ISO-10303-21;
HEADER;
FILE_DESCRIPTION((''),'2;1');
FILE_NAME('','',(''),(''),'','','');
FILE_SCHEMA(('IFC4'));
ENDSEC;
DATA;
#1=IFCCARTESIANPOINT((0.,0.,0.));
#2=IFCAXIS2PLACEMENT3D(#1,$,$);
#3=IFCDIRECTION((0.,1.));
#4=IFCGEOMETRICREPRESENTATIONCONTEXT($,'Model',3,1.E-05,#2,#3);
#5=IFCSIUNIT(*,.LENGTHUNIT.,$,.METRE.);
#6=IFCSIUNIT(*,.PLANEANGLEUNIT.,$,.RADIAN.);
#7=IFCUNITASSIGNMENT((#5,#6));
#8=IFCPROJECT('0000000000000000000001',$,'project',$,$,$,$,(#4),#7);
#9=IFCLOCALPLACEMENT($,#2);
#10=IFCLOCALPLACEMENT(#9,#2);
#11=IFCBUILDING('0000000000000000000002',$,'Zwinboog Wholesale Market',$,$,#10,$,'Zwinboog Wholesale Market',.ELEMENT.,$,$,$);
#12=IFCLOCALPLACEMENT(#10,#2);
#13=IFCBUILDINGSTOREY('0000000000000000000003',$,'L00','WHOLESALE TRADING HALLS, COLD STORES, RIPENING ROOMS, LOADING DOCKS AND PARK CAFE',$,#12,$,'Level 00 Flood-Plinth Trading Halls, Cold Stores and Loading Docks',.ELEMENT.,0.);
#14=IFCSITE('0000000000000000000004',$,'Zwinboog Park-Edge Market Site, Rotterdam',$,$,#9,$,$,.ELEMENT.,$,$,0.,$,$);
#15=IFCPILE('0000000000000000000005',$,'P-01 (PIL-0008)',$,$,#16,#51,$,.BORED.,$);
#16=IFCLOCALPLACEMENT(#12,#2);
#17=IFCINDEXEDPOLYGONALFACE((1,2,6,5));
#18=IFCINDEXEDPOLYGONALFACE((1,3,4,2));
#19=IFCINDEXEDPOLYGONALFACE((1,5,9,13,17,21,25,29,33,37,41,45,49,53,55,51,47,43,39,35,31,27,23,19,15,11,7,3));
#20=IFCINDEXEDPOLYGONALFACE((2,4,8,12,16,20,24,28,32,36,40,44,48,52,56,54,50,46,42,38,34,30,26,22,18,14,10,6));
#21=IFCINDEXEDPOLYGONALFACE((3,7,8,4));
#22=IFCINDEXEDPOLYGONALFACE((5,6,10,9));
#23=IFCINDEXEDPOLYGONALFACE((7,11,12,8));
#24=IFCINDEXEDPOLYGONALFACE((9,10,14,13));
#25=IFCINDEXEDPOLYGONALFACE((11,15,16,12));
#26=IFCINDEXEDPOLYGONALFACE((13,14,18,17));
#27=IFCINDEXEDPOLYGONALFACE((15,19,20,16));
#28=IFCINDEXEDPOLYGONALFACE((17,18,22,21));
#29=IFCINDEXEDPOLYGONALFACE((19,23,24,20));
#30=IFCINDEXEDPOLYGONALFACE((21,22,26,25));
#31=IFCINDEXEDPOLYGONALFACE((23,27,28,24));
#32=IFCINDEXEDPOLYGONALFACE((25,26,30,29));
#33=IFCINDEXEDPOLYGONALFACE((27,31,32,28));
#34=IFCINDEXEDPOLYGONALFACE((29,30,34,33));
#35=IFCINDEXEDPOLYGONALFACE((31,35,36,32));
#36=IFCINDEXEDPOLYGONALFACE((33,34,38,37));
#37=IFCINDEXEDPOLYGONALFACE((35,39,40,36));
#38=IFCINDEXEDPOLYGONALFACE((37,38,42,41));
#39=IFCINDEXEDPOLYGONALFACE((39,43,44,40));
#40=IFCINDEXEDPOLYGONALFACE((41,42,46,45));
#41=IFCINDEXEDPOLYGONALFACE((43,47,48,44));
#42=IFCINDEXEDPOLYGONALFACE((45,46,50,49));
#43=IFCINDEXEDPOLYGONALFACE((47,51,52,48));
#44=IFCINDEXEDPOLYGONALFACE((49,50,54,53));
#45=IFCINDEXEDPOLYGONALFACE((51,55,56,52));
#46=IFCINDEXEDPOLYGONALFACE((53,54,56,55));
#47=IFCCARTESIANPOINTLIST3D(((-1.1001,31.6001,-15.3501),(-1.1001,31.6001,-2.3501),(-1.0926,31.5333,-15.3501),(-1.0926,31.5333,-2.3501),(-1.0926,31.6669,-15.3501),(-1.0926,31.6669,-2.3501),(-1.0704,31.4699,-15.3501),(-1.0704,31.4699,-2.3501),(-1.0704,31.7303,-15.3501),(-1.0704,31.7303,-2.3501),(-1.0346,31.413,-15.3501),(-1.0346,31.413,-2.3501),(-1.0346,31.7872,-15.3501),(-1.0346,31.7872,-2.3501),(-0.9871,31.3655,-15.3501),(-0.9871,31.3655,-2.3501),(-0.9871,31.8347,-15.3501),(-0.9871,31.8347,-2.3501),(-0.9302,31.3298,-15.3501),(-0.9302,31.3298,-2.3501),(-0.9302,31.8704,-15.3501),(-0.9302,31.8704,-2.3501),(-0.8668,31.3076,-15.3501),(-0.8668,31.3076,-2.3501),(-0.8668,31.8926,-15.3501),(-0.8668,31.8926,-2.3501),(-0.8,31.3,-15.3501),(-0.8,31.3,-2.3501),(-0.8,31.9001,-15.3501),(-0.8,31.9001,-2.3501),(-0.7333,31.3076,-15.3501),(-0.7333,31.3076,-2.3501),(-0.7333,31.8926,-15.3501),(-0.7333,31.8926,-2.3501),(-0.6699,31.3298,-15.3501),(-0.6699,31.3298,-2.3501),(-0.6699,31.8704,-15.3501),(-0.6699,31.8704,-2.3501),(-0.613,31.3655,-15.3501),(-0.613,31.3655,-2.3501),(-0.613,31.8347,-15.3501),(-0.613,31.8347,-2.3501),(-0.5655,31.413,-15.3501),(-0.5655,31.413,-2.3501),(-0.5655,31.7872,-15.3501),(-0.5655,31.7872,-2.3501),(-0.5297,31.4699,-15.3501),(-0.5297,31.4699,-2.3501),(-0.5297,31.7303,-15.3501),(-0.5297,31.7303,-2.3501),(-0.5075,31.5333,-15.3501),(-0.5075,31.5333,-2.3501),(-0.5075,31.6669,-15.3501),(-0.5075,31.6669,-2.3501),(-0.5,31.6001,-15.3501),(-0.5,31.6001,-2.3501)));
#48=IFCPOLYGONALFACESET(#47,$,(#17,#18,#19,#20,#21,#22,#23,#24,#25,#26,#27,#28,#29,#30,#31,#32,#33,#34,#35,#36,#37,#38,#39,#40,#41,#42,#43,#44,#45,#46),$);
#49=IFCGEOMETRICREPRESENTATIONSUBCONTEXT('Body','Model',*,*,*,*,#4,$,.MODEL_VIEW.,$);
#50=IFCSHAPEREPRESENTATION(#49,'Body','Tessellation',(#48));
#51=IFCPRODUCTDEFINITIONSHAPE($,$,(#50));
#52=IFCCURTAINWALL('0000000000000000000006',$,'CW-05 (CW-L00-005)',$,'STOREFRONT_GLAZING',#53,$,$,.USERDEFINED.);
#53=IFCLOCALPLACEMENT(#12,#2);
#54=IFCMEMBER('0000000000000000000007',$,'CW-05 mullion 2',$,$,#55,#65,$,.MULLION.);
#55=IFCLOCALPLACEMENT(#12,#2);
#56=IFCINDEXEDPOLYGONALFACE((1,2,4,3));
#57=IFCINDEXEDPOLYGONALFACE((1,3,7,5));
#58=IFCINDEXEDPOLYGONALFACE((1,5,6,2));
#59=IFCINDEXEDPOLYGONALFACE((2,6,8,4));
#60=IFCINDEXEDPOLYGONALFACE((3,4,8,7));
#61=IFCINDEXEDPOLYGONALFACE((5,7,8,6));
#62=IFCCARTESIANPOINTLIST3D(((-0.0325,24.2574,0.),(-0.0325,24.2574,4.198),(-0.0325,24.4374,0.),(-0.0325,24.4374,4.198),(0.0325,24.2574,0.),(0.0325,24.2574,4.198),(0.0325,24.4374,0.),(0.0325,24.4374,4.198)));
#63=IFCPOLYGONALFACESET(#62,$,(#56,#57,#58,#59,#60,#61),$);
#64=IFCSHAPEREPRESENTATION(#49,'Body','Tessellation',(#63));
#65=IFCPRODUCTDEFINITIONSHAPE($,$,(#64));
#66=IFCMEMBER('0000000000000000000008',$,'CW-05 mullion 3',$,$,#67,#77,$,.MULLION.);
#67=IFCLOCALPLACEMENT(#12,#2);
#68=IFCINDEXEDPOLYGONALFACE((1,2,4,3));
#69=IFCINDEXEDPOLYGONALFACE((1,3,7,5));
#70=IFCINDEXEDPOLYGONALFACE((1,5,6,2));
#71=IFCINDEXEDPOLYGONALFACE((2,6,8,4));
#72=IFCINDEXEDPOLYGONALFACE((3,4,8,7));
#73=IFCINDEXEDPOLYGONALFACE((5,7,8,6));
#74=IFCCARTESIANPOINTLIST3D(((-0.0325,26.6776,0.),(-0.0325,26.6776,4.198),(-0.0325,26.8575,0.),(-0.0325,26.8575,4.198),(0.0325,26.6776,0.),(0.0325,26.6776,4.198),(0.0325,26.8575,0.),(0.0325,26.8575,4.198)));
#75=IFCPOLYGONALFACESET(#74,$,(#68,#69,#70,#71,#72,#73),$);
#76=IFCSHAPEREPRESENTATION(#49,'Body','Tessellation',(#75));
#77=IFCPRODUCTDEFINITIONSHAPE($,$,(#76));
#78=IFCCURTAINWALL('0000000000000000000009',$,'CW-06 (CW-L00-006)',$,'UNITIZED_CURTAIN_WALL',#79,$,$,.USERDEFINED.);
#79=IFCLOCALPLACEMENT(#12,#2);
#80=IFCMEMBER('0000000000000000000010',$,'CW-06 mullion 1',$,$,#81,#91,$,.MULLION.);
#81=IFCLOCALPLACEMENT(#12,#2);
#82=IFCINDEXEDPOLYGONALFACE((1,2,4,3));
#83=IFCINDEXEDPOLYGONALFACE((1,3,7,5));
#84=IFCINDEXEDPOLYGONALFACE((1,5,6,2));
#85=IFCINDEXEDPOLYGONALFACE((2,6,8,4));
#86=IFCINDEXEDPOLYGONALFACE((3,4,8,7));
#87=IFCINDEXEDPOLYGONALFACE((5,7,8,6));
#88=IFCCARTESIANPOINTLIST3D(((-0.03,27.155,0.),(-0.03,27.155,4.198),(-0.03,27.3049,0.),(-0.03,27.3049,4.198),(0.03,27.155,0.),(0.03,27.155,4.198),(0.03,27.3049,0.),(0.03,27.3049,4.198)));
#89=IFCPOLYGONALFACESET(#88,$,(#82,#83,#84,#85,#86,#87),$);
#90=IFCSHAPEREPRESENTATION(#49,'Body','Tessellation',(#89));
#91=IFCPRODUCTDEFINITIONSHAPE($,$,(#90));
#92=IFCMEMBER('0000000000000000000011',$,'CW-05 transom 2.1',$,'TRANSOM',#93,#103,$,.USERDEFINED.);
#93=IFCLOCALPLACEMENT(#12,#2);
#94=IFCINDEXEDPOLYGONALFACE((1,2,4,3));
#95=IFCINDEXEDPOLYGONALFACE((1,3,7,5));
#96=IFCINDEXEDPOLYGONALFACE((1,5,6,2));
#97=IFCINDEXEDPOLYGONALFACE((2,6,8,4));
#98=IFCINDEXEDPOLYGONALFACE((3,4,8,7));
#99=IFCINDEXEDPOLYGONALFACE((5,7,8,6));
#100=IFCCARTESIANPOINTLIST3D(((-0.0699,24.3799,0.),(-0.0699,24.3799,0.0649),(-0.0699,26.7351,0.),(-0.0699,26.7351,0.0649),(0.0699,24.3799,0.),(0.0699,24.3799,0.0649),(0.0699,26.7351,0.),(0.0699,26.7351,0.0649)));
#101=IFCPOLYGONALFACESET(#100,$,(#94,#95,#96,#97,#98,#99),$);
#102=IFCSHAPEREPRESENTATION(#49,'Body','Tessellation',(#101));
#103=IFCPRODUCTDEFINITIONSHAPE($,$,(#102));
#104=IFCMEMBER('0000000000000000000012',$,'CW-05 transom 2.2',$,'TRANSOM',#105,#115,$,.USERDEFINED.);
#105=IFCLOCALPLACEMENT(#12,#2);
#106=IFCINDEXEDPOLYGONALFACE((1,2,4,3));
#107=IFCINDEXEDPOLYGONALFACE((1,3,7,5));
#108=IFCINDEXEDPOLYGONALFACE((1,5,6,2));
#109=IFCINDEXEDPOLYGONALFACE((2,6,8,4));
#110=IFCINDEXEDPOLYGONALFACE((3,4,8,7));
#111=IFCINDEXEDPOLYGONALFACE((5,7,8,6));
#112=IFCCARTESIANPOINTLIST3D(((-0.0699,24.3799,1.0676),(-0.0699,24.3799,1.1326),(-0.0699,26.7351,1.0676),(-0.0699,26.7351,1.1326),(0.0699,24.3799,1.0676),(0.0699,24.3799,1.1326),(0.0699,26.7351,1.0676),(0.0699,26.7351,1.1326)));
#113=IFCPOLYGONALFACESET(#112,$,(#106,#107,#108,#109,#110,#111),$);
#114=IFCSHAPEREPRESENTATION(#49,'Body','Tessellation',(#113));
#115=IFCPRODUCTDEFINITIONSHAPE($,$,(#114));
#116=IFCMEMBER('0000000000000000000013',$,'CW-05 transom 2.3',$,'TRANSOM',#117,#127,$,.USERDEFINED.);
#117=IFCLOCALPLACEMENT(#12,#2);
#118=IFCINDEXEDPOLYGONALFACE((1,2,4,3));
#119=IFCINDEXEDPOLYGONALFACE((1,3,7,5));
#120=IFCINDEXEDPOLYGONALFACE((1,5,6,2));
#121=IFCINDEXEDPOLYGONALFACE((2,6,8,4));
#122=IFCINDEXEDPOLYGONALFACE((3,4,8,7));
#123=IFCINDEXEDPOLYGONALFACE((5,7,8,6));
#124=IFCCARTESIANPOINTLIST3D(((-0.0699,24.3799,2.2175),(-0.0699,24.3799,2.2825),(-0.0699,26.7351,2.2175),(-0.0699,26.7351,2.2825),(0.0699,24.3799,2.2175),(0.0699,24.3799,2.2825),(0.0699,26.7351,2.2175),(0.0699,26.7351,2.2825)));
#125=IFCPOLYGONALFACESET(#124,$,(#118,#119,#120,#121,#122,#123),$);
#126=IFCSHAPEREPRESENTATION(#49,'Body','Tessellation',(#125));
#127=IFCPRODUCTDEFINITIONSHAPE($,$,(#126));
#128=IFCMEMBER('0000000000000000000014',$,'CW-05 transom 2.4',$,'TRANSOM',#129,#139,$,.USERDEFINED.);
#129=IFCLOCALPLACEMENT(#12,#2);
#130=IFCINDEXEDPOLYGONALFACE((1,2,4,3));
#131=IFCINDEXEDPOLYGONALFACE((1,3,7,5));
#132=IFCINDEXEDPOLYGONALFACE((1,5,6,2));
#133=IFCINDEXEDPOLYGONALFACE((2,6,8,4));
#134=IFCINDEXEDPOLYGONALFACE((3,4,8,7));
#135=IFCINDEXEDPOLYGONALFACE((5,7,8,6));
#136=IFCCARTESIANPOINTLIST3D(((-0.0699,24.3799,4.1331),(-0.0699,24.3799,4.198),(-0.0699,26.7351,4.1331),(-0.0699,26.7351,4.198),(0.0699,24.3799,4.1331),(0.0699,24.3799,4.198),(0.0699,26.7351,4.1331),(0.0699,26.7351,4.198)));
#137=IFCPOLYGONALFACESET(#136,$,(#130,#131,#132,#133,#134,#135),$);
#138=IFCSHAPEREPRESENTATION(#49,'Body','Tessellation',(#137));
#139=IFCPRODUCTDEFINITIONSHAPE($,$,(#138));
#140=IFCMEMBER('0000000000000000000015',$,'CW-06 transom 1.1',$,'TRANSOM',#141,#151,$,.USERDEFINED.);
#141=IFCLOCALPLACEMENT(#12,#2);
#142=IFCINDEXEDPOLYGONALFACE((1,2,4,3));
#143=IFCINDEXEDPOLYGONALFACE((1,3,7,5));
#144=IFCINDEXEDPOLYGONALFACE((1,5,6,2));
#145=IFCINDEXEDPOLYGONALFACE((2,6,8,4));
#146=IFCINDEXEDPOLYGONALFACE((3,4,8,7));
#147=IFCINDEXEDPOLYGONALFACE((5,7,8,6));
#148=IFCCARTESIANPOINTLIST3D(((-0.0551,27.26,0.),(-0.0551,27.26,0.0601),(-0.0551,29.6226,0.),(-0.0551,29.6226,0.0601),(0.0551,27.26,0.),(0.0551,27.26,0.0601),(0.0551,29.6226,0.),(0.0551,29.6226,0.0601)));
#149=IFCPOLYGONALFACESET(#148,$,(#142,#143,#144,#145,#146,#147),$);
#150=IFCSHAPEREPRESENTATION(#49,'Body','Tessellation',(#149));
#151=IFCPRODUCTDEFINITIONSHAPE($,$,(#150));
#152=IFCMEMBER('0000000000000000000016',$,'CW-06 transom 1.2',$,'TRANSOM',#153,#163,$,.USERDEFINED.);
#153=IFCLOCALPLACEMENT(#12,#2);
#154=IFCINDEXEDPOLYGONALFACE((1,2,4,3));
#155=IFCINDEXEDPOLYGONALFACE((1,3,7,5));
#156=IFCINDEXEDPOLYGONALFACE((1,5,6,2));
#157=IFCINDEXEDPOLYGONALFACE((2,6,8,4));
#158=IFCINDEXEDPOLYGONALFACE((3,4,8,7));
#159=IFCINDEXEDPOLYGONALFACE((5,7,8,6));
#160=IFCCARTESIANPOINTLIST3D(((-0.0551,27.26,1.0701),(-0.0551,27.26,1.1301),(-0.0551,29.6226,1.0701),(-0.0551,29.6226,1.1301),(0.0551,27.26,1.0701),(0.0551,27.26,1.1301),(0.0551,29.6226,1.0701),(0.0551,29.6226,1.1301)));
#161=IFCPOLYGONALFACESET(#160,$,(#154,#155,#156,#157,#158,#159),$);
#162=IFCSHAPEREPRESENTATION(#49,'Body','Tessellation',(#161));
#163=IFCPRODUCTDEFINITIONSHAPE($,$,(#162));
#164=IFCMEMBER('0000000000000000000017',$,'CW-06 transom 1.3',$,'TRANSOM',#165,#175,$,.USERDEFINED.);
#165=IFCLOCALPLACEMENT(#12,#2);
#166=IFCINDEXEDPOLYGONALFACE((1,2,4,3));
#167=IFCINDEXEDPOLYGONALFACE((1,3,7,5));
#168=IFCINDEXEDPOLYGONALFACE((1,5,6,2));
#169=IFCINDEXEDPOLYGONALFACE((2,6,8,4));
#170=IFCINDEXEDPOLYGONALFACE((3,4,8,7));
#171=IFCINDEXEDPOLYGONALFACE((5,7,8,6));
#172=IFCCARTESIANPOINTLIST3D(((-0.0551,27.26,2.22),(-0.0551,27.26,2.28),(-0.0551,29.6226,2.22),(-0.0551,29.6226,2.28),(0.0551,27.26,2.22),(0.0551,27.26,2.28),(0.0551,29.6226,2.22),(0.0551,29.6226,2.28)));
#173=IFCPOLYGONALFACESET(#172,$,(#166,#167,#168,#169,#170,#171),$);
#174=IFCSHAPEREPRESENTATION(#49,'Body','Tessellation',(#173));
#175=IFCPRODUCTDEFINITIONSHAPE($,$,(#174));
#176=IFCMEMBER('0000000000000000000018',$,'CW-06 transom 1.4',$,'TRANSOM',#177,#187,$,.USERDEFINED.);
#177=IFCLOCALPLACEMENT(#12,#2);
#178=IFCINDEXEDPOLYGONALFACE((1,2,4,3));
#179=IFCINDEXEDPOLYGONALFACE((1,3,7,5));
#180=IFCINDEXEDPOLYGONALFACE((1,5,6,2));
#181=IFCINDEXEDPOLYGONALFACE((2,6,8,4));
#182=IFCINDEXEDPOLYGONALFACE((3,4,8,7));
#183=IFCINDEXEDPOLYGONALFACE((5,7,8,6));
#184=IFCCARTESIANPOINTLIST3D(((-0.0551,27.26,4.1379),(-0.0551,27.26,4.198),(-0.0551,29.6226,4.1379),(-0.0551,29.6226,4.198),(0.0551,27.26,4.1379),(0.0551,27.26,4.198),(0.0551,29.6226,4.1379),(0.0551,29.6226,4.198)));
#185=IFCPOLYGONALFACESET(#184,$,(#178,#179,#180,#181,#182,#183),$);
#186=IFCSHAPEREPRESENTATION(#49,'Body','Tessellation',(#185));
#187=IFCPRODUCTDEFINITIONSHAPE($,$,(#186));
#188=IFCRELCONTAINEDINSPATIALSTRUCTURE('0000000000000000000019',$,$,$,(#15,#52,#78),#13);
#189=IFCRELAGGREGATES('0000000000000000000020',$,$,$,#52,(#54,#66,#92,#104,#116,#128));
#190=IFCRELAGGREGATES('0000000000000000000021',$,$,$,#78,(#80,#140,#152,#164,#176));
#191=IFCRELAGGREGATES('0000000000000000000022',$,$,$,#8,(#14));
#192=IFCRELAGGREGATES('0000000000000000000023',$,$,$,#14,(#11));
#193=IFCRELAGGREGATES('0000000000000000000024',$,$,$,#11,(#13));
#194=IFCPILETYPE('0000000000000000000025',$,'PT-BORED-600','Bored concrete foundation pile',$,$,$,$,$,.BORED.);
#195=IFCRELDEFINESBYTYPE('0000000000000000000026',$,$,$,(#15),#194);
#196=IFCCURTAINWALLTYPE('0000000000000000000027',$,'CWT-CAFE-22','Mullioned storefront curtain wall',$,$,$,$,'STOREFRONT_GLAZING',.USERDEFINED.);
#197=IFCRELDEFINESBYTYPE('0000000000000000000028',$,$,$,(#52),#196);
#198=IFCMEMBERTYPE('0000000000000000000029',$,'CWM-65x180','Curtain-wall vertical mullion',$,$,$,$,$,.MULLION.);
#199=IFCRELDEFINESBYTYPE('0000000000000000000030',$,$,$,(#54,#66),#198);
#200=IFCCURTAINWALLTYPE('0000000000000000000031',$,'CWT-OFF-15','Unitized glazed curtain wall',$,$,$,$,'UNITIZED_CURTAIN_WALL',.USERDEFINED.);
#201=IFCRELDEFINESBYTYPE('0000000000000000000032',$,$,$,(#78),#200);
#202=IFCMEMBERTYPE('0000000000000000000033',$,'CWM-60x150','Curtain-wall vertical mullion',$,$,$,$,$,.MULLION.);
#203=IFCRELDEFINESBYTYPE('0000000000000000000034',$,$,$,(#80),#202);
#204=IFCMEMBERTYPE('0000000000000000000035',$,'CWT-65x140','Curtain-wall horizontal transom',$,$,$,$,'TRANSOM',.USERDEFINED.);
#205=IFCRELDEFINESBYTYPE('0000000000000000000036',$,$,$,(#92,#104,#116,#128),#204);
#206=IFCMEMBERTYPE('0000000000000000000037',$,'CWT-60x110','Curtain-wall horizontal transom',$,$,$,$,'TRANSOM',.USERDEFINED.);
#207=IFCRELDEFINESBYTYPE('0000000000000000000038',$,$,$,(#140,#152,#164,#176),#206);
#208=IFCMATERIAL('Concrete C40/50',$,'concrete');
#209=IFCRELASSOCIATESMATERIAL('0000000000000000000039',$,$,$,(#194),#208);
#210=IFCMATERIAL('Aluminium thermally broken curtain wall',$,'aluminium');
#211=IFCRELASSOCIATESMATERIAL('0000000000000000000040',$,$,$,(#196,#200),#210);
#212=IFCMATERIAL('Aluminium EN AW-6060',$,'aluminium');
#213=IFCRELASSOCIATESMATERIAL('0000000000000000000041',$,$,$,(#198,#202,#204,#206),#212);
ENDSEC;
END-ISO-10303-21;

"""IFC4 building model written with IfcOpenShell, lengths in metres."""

from ifc_helpers import new_model, si_unit, direction, frame, origin, origin_2d, place, context, subcontext, project, spatial, rectangle, circle, extrude, material, material_profile, profile_set, type_object, element, aggregate, save


model = new_model("IFC4")

# Units and contexts
model_context = context("Model", 3, precision=1e-05, world=origin(), true_north=direction((0.0, 1.0)))
body_context = subcontext(model_context, "Body", "Model", "MODEL_VIEW")
ifc_project = project(units=[si_unit("LENGTHUNIT", "METRE"), si_unit("PLANEANGLEUNIT", "RADIAN")], contexts=[model_context])

# Site, building, storey
site_placement = place(None, origin())
site = spatial("IfcSite", under=ifc_project, at=site_placement, Name="Zwinboog Park-Edge Market Site, Rotterdam", CompositionType="ELEMENT", RefElevation=0.0)
building_placement = place(site_placement, origin())
building = spatial("IfcBuilding", under=site, at=building_placement, Name="Zwinboog Wholesale Market", LongName="Zwinboog Wholesale Market", CompositionType="ELEMENT")
storey_placement = place(building_placement, origin())
storey = spatial("IfcBuildingStorey", under=building, at=storey_placement, Name="L00", Description="WHOLESALE TRADING HALLS, COLD STORES, RIPENING ROOMS, LOADING DOCKS AND PARK CAFE", LongName="Level 00 Flood-Plinth Trading Halls, Cold Stores and Loading Docks", CompositionType="ELEMENT", Elevation=0.0)

# Pile
ifc_material_1 = material(Name="Concrete C40/50", Category="concrete")
ifc_material_profile_1 = material_profile(ifc_material_1, circle(Radius=0.3, at=origin_2d()), Name="PILE D600")
ifc_profile_set_1 = profile_set([ifc_material_profile_1], Name="Concrete C40/50")
pile_type = type_object("IfcPileType", Name="PT-BORED-600", Description="Bored concrete foundation pile", PredefinedType="BORED", material=ifc_profile_set_1)
pile_placement = place(storey_placement, frame((-0.8, 31.6001, -2.3501), z_axis=(0.0, 0.0, -1.0), x_axis=(1.0, 0.0, 0.0)))
element("IfcPile", 1, at=pile_placement, inside=storey, type_object=pile_type, Name="P-01 (PIL-0008)", PredefinedType="BORED", context=body_context, shape_type="SweptSolid", body=[
    extrude(circle(Radius=0.3, at=origin_2d()), origin(), (0.0, 0.0, 1.0), 13.0),
])

# Curtain wall, members
ifc_material_2 = material(Name="Aluminium thermally broken curtain wall", Category="aluminium")
curtain_wall_type_1 = type_object("IfcCurtainWallType", Name="CWT-CAFE-22", Description="Mullioned storefront curtain wall", ElementType="STOREFRONT_GLAZING", PredefinedType="USERDEFINED", material=ifc_material_2)
curtain_wall_1_placement = place(storey_placement, origin())
curtain_wall_1 = element("IfcCurtainWall", 2, at=curtain_wall_1_placement, inside=storey, type_object=curtain_wall_type_1, Name="CW-05 (CW-L00-005)", ObjectType="STOREFRONT_GLAZING", PredefinedType="USERDEFINED")
ifc_material_3 = material(Name="Aluminium EN AW-6060", Category="aluminium")
ifc_material_profile_2 = material_profile(ifc_material_3, rectangle(XDim=0.0649, YDim=0.1799, at=origin_2d()), Name="AL 65x180")
ifc_profile_set_2 = profile_set([ifc_material_profile_2], Name="Aluminium EN AW-6060")
member_type_1 = type_object("IfcMemberType", Name="CWM-65x180", Description="Curtain-wall vertical mullion", PredefinedType="MULLION", material=ifc_profile_set_2)
member_1_placement = place(storey_placement, frame((0.0, 24.3474, 0.0), z_axis=(0.0, 0.0, 1.0), x_axis=(-1.0, 0.0, 0.0)))
member_1 = element("IfcMember", 3, at=member_1_placement, type_object=member_type_1, Name="CW-05 mullion 2", PredefinedType="MULLION", context=body_context, shape_type="SweptSolid", body=[
    extrude(rectangle(XDim=0.0649, YDim=0.1799, at=origin_2d()), origin(), (0.0, 0.0, 1.0), 4.198),
])
member_2_placement = place(storey_placement, frame((0.0, 26.7676, 0.0), z_axis=(0.0, 0.0, 1.0), x_axis=(-1.0, 0.0, 0.0)))
member_2 = element("IfcMember", 4, at=member_2_placement, type_object=member_type_1, Name="CW-05 mullion 3", PredefinedType="MULLION", context=body_context, shape_type="SweptSolid", body=[
    extrude(rectangle(XDim=0.0649, YDim=0.1799, at=origin_2d()), origin(), (0.0, 0.0, 1.0), 4.198),
])

# Curtain wall, member
curtain_wall_type_2 = type_object("IfcCurtainWallType", Name="CWT-OFF-15", Description="Unitized glazed curtain wall", ElementType="UNITIZED_CURTAIN_WALL", PredefinedType="USERDEFINED", material=ifc_material_2)
curtain_wall_2_placement = place(storey_placement, origin())
curtain_wall_2 = element("IfcCurtainWall", 5, at=curtain_wall_2_placement, inside=storey, type_object=curtain_wall_type_2, Name="CW-06 (CW-L00-006)", ObjectType="UNITIZED_CURTAIN_WALL", PredefinedType="USERDEFINED")
ifc_material_profile_3 = material_profile(ifc_material_3, rectangle(XDim=0.0601, YDim=0.1499, at=origin_2d()), Name="AL 60x150")
ifc_profile_set_3 = profile_set([ifc_material_profile_3], Name="Aluminium EN AW-6060")
member_type_2 = type_object("IfcMemberType", Name="CWM-60x150", Description="Curtain-wall vertical mullion", PredefinedType="MULLION", material=ifc_profile_set_3)
member_3_placement = place(storey_placement, frame((0.0, 27.23, 0.0), z_axis=(0.0, 0.0, 1.0), x_axis=(-1.0, 0.0, 0.0)))
member_3 = element("IfcMember", 6, at=member_3_placement, type_object=member_type_2, Name="CW-06 mullion 1", PredefinedType="MULLION", context=body_context, shape_type="SweptSolid", body=[
    extrude(rectangle(XDim=0.0601, YDim=0.1499, at=origin_2d()), origin(), (0.0, 0.0, 1.0), 4.198),
])

# Members
ifc_material_profile_4 = material_profile(ifc_material_3, rectangle(XDim=0.1399, YDim=0.0649, at=origin_2d()), Name="AL 65x140")
ifc_profile_set_4 = profile_set([ifc_material_profile_4], Name="Aluminium EN AW-6060")
member_type_3 = type_object("IfcMemberType", Name="CWT-65x140", Description="Curtain-wall horizontal transom", ElementType="TRANSOM", PredefinedType="USERDEFINED", material=ifc_profile_set_4)
member_4_placement = place(storey_placement, frame((0.0, 24.3799, 0.0325), z_axis=(0.0, 1.0, 0.0), x_axis=(-1.0, 0.0, 0.0)))
member_4 = element("IfcMember", 7, at=member_4_placement, type_object=member_type_3, Name="CW-05 transom 2.1", ObjectType="TRANSOM", PredefinedType="USERDEFINED", context=body_context, shape_type="SweptSolid", body=[
    extrude(rectangle(XDim=0.1399, YDim=0.0649, at=origin_2d()), origin(), (0.0, 0.0, 1.0), 2.3552),
])
member_5_placement = place(storey_placement, frame((0.0, 24.3799, 1.1001), z_axis=(0.0, 1.0, 0.0), x_axis=(-1.0, 0.0, 0.0)))
member_5 = element("IfcMember", 8, at=member_5_placement, type_object=member_type_3, Name="CW-05 transom 2.2", ObjectType="TRANSOM", PredefinedType="USERDEFINED", context=body_context, shape_type="SweptSolid", body=[
    extrude(rectangle(XDim=0.1399, YDim=0.0649, at=origin_2d()), origin(), (0.0, 0.0, 1.0), 2.3552),
])
member_6_placement = place(storey_placement, frame((0.0, 24.3799, 2.25), z_axis=(0.0, 1.0, 0.0), x_axis=(-1.0, 0.0, 0.0)))
member_6 = element("IfcMember", 9, at=member_6_placement, type_object=member_type_3, Name="CW-05 transom 2.3", ObjectType="TRANSOM", PredefinedType="USERDEFINED", context=body_context, shape_type="SweptSolid", body=[
    extrude(rectangle(XDim=0.1399, YDim=0.0649, at=origin_2d()), origin(), (0.0, 0.0, 1.0), 2.3552),
])
member_7_placement = place(storey_placement, frame((0.0, 24.3799, 4.1655), z_axis=(0.0, 1.0, 0.0), x_axis=(-1.0, 0.0, 0.0)))
member_7 = element("IfcMember", 10, at=member_7_placement, type_object=member_type_3, Name="CW-05 transom 2.4", ObjectType="TRANSOM", PredefinedType="USERDEFINED", context=body_context, shape_type="SweptSolid", body=[
    extrude(rectangle(XDim=0.1399, YDim=0.0649, at=origin_2d()), origin(), (0.0, 0.0, 1.0), 2.3552),
])
ifc_material_profile_5 = material_profile(ifc_material_3, rectangle(XDim=0.1101, YDim=0.0601, at=origin_2d()), Name="AL 60x110")
ifc_profile_set_5 = profile_set([ifc_material_profile_5], Name="Aluminium EN AW-6060")
member_type_4 = type_object("IfcMemberType", Name="CWT-60x110", Description="Curtain-wall horizontal transom", ElementType="TRANSOM", PredefinedType="USERDEFINED", material=ifc_profile_set_5)
member_8_placement = place(storey_placement, frame((0.0, 27.26, 0.03), z_axis=(0.0, 1.0, 0.0), x_axis=(-1.0, 0.0, 0.0)))
member_8 = element("IfcMember", 11, at=member_8_placement, type_object=member_type_4, Name="CW-06 transom 1.1", ObjectType="TRANSOM", PredefinedType="USERDEFINED", context=body_context, shape_type="SweptSolid", body=[
    extrude(rectangle(XDim=0.1101, YDim=0.0601, at=origin_2d()), origin(), (0.0, 0.0, 1.0), 2.3625),
])
member_9_placement = place(storey_placement, frame((0.0, 27.26, 1.1001), z_axis=(0.0, 1.0, 0.0), x_axis=(-1.0, 0.0, 0.0)))
member_9 = element("IfcMember", 12, at=member_9_placement, type_object=member_type_4, Name="CW-06 transom 1.2", ObjectType="TRANSOM", PredefinedType="USERDEFINED", context=body_context, shape_type="SweptSolid", body=[
    extrude(rectangle(XDim=0.1101, YDim=0.0601, at=origin_2d()), origin(), (0.0, 0.0, 1.0), 2.3625),
])
member_10_placement = place(storey_placement, frame((0.0, 27.26, 2.25), z_axis=(0.0, 1.0, 0.0), x_axis=(-1.0, 0.0, 0.0)))
member_10 = element("IfcMember", 13, at=member_10_placement, type_object=member_type_4, Name="CW-06 transom 1.3", ObjectType="TRANSOM", PredefinedType="USERDEFINED", context=body_context, shape_type="SweptSolid", body=[
    extrude(rectangle(XDim=0.1101, YDim=0.0601, at=origin_2d()), origin(), (0.0, 0.0, 1.0), 2.3625),
])
member_11_placement = place(storey_placement, frame((0.0, 27.26, 4.168), z_axis=(0.0, 1.0, 0.0), x_axis=(-1.0, 0.0, 0.0)))
member_11 = element("IfcMember", 14, at=member_11_placement, type_object=member_type_4, Name="CW-06 transom 1.4", ObjectType="TRANSOM", PredefinedType="USERDEFINED", context=body_context, shape_type="SweptSolid", body=[
    extrude(rectangle(XDim=0.1101, YDim=0.0601, at=origin_2d()), origin(), (0.0, 0.0, 1.0), 2.3625),
])

aggregate(curtain_wall_1, [member_1, member_2, member_4, member_5, member_6, member_7])
aggregate(curtain_wall_2, [member_3, member_8, member_9, member_10, member_11])

save(model, "model.ifc")
